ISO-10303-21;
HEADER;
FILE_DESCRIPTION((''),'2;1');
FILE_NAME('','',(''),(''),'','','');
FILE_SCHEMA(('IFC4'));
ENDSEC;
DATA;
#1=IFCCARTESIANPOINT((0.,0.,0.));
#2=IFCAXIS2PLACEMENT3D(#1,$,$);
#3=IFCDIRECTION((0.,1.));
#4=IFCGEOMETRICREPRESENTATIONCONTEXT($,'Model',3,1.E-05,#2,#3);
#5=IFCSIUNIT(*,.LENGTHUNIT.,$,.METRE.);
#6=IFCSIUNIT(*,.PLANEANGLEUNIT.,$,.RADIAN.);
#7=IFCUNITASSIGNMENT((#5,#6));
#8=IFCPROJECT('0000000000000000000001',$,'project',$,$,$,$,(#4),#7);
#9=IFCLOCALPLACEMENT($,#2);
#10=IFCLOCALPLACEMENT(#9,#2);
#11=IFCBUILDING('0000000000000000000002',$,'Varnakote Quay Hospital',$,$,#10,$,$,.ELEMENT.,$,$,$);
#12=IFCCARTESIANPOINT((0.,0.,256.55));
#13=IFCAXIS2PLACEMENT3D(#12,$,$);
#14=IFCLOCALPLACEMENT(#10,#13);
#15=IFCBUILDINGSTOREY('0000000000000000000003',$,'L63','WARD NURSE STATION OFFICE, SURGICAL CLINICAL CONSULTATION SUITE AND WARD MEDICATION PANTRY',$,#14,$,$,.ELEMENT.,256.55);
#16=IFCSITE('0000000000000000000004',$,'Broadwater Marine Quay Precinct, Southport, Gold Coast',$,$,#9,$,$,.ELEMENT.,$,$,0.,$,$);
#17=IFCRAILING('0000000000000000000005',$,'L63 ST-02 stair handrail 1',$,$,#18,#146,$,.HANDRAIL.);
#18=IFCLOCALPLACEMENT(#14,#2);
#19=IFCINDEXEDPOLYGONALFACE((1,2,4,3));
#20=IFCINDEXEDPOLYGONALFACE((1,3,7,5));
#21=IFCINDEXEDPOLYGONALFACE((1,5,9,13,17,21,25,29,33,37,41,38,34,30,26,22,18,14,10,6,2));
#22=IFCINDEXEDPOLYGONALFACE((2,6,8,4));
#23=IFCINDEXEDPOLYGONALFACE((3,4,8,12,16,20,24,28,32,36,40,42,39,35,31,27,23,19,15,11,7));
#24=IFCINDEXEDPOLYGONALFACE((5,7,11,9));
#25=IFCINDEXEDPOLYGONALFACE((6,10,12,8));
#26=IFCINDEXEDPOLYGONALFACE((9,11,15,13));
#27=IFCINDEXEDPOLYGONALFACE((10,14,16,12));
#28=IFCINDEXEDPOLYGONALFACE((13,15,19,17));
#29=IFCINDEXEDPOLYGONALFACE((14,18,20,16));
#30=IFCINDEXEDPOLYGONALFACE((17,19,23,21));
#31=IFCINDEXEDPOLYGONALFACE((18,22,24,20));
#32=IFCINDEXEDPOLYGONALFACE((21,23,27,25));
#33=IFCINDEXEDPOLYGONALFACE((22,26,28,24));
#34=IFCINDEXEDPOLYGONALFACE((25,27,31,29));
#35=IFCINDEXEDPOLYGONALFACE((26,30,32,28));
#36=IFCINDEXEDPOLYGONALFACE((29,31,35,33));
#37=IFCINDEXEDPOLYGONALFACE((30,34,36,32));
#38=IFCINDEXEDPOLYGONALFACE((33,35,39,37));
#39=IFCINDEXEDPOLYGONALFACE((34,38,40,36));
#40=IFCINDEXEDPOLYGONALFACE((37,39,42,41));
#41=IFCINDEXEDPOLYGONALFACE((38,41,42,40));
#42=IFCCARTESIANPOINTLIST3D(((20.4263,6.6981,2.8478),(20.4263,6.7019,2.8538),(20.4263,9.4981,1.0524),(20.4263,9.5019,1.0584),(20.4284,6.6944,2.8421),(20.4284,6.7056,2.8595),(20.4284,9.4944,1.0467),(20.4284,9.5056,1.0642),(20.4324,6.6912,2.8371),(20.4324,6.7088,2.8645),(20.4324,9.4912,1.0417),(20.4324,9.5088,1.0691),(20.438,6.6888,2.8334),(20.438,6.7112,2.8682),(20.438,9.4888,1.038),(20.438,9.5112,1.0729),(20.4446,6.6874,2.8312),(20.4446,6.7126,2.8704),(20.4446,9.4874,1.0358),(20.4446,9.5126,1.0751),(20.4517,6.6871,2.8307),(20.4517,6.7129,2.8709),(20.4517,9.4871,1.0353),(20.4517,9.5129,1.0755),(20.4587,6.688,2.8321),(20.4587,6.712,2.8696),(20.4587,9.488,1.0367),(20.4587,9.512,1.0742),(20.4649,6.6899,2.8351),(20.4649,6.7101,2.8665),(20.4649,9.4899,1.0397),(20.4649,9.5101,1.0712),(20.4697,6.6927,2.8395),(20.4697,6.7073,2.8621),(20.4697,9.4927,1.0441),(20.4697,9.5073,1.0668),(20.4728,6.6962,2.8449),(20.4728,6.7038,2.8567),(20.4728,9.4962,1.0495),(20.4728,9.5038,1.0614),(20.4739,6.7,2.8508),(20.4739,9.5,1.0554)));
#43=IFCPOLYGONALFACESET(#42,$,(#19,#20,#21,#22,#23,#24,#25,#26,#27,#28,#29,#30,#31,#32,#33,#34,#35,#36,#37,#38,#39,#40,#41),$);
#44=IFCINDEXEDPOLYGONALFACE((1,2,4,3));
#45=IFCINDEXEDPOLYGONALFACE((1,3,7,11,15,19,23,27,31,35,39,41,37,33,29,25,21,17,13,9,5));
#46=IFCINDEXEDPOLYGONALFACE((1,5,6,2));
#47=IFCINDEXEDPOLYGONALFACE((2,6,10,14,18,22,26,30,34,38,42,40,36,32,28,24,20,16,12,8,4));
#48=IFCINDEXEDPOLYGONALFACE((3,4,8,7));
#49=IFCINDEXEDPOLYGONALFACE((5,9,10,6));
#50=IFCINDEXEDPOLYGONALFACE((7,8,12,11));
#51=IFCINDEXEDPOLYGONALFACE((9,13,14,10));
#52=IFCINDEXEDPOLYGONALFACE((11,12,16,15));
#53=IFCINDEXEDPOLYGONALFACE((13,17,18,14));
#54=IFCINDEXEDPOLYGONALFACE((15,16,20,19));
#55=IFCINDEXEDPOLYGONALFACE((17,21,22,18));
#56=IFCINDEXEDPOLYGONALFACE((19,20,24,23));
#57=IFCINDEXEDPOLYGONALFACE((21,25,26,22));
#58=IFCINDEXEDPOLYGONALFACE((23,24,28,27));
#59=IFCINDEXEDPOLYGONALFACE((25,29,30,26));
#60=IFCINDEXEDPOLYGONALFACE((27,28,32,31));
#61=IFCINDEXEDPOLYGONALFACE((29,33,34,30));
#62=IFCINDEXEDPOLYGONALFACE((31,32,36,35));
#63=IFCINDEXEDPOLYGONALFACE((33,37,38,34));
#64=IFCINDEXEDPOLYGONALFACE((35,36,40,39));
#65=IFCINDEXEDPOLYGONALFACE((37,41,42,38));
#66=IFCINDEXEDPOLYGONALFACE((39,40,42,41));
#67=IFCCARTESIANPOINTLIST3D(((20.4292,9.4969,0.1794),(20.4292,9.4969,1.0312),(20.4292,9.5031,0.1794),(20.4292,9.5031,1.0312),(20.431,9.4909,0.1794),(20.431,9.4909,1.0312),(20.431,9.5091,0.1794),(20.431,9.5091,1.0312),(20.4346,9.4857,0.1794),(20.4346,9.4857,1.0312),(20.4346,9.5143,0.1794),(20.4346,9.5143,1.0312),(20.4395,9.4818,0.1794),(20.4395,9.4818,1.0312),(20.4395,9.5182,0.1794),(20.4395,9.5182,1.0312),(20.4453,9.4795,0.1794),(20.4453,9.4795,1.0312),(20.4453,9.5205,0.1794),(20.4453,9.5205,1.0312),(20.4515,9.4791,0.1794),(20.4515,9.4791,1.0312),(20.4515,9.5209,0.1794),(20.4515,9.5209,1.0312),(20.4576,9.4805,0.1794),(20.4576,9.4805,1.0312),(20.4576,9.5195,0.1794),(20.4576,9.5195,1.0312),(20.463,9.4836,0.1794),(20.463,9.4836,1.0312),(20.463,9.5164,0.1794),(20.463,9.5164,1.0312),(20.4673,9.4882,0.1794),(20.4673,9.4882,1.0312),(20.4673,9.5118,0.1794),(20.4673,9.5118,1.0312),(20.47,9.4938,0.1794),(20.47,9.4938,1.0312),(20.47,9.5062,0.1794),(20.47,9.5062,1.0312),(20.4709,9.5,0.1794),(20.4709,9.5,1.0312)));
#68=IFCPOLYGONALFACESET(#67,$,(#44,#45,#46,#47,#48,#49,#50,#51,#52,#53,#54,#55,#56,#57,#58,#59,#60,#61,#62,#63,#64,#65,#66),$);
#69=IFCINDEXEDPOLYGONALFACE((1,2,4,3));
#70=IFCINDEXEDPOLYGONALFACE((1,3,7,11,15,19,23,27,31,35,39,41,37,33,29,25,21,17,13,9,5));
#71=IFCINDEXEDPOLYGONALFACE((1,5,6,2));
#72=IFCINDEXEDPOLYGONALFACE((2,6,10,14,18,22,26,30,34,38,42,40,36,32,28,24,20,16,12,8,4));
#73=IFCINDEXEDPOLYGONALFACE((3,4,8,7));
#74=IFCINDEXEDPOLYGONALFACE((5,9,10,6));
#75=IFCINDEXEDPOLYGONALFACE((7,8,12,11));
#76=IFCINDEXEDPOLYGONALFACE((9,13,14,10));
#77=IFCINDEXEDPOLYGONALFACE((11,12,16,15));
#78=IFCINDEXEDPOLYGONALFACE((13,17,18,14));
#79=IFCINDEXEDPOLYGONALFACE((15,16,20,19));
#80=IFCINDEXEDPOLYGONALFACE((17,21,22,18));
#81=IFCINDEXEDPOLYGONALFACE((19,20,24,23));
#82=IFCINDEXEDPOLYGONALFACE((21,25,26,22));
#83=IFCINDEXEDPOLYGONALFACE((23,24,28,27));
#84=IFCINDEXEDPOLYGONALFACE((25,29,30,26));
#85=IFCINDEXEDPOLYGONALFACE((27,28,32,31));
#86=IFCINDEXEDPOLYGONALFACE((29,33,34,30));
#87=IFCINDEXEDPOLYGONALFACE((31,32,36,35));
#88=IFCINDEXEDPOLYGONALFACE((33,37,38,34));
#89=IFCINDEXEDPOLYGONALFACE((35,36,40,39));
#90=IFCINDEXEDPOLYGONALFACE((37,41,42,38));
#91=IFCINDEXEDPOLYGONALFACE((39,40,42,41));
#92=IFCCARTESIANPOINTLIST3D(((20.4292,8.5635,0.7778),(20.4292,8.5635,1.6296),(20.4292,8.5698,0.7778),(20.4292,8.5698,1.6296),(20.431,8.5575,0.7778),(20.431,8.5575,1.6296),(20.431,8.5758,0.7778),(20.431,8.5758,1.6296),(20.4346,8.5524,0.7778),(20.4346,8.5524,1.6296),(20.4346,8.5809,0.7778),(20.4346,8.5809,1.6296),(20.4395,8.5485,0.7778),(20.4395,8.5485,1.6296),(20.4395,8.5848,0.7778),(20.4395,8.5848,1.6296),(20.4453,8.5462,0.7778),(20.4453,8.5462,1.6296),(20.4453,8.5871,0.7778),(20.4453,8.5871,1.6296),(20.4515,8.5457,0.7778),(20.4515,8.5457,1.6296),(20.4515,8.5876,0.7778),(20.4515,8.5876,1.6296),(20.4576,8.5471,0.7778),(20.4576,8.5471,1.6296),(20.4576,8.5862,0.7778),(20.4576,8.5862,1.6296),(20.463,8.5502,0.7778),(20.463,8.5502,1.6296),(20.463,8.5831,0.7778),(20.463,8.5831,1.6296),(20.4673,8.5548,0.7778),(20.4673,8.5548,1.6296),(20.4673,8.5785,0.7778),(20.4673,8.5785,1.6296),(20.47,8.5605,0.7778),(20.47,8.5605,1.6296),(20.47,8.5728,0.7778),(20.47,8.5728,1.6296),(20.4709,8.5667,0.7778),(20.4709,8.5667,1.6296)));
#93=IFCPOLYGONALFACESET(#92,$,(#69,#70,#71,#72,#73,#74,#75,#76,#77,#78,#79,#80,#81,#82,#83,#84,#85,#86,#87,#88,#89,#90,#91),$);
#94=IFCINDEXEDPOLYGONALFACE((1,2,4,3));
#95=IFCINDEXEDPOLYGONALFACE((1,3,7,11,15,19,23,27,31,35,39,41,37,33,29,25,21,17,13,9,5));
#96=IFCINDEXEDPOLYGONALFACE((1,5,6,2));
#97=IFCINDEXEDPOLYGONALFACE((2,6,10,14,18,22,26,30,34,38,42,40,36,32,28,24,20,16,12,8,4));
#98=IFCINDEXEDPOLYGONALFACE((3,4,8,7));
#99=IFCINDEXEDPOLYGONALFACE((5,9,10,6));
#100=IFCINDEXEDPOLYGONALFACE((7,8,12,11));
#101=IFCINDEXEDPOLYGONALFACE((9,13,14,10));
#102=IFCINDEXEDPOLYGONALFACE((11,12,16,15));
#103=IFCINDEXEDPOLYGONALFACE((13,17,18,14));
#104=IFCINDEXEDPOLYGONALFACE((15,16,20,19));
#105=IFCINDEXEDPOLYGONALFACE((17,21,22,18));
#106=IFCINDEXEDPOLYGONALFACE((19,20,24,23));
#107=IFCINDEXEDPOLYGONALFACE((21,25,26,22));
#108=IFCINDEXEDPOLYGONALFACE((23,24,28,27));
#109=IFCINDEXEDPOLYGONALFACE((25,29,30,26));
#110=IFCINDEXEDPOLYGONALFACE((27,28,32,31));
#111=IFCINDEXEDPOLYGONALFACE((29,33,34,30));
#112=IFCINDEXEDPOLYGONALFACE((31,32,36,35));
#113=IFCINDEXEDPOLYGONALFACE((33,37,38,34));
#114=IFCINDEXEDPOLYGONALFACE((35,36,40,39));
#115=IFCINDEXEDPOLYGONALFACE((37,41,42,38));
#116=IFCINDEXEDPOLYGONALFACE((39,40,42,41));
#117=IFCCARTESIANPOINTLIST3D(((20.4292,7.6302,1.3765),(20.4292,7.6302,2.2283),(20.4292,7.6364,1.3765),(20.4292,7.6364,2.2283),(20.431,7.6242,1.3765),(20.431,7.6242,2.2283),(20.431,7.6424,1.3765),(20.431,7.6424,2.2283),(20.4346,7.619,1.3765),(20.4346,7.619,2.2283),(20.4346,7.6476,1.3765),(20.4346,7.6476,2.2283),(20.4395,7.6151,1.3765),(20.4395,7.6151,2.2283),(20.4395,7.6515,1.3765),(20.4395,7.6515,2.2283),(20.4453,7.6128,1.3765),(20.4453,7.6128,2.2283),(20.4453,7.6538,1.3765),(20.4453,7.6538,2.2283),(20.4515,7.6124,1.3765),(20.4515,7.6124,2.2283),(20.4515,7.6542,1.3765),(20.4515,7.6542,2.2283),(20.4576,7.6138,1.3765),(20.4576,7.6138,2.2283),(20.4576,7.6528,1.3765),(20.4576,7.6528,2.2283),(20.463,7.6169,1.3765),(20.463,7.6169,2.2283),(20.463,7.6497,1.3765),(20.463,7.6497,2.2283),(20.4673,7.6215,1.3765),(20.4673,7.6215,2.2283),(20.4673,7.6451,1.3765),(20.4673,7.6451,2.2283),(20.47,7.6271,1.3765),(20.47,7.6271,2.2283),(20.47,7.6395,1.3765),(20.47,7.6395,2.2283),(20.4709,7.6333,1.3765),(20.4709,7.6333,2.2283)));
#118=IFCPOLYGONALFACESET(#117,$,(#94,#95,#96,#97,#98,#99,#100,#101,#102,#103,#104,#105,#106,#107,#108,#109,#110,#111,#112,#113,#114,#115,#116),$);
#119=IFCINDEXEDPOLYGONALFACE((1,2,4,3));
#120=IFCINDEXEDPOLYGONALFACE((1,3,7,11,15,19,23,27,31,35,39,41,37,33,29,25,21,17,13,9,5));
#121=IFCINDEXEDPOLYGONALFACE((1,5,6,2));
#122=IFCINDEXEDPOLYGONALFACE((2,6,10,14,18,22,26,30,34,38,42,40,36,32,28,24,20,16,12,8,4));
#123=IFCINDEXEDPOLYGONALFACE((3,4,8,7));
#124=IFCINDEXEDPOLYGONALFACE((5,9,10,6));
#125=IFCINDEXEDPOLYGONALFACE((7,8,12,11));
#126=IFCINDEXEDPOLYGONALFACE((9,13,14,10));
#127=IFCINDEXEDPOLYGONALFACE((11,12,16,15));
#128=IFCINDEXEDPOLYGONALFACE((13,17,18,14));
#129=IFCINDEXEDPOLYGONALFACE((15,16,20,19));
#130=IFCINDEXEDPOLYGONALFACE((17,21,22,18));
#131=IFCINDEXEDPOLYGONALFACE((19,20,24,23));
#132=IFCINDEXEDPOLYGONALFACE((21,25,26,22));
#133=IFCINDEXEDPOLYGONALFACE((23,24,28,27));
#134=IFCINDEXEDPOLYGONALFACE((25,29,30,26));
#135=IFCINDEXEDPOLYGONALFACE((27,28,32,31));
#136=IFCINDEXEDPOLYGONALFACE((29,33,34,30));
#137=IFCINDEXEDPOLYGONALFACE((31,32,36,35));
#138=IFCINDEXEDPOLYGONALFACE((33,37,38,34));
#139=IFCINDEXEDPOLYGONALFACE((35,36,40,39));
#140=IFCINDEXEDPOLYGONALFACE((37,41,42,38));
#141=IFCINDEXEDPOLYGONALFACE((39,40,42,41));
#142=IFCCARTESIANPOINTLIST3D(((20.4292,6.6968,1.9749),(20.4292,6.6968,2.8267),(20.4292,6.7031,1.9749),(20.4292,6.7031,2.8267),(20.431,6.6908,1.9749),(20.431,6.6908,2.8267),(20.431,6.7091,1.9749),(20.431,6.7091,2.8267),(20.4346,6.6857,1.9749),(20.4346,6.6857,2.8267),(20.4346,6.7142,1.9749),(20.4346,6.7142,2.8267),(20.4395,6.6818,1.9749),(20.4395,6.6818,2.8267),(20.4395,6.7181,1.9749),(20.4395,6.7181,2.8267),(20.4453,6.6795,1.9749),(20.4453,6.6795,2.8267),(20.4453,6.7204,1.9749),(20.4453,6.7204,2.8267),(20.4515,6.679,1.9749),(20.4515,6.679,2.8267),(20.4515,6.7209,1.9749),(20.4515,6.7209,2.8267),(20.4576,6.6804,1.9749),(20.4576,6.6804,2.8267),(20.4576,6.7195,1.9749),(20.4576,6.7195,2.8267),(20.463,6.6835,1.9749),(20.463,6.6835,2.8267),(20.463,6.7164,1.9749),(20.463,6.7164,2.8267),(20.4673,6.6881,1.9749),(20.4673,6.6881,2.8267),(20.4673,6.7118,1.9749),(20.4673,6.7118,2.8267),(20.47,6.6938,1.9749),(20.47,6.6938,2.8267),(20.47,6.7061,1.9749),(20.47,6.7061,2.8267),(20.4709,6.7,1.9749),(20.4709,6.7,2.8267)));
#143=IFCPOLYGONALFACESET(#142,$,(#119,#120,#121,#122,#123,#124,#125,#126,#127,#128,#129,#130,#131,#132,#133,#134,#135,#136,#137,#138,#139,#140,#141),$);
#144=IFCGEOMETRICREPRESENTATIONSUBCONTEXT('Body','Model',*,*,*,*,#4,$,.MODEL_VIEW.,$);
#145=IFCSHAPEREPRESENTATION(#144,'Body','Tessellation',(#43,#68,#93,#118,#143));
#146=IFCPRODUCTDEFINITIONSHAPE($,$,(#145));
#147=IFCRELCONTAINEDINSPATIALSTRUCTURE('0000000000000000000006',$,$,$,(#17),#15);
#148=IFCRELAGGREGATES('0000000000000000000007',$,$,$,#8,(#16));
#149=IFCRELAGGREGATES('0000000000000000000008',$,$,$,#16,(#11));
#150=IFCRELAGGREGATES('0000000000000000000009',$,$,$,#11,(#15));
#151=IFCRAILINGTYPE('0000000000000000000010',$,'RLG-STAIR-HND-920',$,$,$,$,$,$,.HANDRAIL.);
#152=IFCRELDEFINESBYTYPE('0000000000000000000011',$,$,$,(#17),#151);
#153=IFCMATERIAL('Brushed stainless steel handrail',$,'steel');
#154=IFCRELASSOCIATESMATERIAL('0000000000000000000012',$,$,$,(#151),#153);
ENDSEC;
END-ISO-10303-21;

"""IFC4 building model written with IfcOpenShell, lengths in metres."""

from ifc_helpers import new_model, si_unit, direction, frame, origin, origin_2d, place, context, subcontext, project, spatial, circle, extrude, material, type_object, element, save


model = new_model("IFC4")

# Units and contexts
model_context = context("Model", 3, precision=1e-05, world=origin(), true_north=direction((0.0, 1.0)))
body_context = subcontext(model_context, "Body", "Model", "MODEL_VIEW")
ifc_project = project(units=[si_unit("LENGTHUNIT", "METRE"), si_unit("PLANEANGLEUNIT", "RADIAN")], contexts=[model_context])

# Site, building, storey
site_placement = place(None, origin())
site = spatial("IfcSite", under=ifc_project, at=site_placement, Name="Broadwater Marine Quay Precinct, Southport, Gold Coast", CompositionType="ELEMENT", RefElevation=0.0)
building_placement = place(site_placement, origin())
building = spatial("IfcBuilding", under=site, at=building_placement, Name="Varnakote Quay Hospital", CompositionType="ELEMENT")
storey_placement = place(building_placement, frame((0.0, 0.0, 256.55)))
storey = spatial("IfcBuildingStorey", under=building, at=storey_placement, Name="L63", Description="WARD NURSE STATION OFFICE, SURGICAL CLINICAL CONSULTATION SUITE AND WARD MEDICATION PANTRY", CompositionType="ELEMENT", Elevation=256.55)

# Railing
ifc_material_1 = material(Name="Brushed stainless steel handrail", Category="steel")
railing_type = type_object("IfcRailingType", Name="RLG-STAIR-HND-920", PredefinedType="HANDRAIL", material=ifc_material_1)
railing_placement = place(storey_placement, frame((20.45, 9.5, 0.1794)))
element("IfcRailing", 1, at=railing_placement, inside=storey, type_object=railing_type, Name="L63 ST-02 stair handrail 1", PredefinedType="HANDRAIL", context=body_context, shape_type="SweptSolid", body=[
    extrude(circle(Radius=0.0239, at=origin_2d()), frame((0.0, 0.0, 0.876), z_axis=(0.0, -0.84181, 0.539774), x_axis=(1.0, 0.0, 0.0)), (0.0, 0.0, 1.0), 3.3262),
    extrude(circle(Radius=0.021, at=origin_2d()), origin(), (0.0, 0.0, 1.0), 0.8518),
    extrude(circle(Radius=0.021, at=origin_2d()), frame((0.0, -0.9333, 0.5984)), (0.0, 0.0, 1.0), 0.8518),
    extrude(circle(Radius=0.021, at=origin_2d()), frame((0.0, -1.8667, 1.197)), (0.0, 0.0, 1.0), 0.8518),
    extrude(circle(Radius=0.021, at=origin_2d()), frame((0.0, -2.8, 1.7954)), (0.0, 0.0, 1.0), 0.8518),
])

save(model, "model.ifc")
